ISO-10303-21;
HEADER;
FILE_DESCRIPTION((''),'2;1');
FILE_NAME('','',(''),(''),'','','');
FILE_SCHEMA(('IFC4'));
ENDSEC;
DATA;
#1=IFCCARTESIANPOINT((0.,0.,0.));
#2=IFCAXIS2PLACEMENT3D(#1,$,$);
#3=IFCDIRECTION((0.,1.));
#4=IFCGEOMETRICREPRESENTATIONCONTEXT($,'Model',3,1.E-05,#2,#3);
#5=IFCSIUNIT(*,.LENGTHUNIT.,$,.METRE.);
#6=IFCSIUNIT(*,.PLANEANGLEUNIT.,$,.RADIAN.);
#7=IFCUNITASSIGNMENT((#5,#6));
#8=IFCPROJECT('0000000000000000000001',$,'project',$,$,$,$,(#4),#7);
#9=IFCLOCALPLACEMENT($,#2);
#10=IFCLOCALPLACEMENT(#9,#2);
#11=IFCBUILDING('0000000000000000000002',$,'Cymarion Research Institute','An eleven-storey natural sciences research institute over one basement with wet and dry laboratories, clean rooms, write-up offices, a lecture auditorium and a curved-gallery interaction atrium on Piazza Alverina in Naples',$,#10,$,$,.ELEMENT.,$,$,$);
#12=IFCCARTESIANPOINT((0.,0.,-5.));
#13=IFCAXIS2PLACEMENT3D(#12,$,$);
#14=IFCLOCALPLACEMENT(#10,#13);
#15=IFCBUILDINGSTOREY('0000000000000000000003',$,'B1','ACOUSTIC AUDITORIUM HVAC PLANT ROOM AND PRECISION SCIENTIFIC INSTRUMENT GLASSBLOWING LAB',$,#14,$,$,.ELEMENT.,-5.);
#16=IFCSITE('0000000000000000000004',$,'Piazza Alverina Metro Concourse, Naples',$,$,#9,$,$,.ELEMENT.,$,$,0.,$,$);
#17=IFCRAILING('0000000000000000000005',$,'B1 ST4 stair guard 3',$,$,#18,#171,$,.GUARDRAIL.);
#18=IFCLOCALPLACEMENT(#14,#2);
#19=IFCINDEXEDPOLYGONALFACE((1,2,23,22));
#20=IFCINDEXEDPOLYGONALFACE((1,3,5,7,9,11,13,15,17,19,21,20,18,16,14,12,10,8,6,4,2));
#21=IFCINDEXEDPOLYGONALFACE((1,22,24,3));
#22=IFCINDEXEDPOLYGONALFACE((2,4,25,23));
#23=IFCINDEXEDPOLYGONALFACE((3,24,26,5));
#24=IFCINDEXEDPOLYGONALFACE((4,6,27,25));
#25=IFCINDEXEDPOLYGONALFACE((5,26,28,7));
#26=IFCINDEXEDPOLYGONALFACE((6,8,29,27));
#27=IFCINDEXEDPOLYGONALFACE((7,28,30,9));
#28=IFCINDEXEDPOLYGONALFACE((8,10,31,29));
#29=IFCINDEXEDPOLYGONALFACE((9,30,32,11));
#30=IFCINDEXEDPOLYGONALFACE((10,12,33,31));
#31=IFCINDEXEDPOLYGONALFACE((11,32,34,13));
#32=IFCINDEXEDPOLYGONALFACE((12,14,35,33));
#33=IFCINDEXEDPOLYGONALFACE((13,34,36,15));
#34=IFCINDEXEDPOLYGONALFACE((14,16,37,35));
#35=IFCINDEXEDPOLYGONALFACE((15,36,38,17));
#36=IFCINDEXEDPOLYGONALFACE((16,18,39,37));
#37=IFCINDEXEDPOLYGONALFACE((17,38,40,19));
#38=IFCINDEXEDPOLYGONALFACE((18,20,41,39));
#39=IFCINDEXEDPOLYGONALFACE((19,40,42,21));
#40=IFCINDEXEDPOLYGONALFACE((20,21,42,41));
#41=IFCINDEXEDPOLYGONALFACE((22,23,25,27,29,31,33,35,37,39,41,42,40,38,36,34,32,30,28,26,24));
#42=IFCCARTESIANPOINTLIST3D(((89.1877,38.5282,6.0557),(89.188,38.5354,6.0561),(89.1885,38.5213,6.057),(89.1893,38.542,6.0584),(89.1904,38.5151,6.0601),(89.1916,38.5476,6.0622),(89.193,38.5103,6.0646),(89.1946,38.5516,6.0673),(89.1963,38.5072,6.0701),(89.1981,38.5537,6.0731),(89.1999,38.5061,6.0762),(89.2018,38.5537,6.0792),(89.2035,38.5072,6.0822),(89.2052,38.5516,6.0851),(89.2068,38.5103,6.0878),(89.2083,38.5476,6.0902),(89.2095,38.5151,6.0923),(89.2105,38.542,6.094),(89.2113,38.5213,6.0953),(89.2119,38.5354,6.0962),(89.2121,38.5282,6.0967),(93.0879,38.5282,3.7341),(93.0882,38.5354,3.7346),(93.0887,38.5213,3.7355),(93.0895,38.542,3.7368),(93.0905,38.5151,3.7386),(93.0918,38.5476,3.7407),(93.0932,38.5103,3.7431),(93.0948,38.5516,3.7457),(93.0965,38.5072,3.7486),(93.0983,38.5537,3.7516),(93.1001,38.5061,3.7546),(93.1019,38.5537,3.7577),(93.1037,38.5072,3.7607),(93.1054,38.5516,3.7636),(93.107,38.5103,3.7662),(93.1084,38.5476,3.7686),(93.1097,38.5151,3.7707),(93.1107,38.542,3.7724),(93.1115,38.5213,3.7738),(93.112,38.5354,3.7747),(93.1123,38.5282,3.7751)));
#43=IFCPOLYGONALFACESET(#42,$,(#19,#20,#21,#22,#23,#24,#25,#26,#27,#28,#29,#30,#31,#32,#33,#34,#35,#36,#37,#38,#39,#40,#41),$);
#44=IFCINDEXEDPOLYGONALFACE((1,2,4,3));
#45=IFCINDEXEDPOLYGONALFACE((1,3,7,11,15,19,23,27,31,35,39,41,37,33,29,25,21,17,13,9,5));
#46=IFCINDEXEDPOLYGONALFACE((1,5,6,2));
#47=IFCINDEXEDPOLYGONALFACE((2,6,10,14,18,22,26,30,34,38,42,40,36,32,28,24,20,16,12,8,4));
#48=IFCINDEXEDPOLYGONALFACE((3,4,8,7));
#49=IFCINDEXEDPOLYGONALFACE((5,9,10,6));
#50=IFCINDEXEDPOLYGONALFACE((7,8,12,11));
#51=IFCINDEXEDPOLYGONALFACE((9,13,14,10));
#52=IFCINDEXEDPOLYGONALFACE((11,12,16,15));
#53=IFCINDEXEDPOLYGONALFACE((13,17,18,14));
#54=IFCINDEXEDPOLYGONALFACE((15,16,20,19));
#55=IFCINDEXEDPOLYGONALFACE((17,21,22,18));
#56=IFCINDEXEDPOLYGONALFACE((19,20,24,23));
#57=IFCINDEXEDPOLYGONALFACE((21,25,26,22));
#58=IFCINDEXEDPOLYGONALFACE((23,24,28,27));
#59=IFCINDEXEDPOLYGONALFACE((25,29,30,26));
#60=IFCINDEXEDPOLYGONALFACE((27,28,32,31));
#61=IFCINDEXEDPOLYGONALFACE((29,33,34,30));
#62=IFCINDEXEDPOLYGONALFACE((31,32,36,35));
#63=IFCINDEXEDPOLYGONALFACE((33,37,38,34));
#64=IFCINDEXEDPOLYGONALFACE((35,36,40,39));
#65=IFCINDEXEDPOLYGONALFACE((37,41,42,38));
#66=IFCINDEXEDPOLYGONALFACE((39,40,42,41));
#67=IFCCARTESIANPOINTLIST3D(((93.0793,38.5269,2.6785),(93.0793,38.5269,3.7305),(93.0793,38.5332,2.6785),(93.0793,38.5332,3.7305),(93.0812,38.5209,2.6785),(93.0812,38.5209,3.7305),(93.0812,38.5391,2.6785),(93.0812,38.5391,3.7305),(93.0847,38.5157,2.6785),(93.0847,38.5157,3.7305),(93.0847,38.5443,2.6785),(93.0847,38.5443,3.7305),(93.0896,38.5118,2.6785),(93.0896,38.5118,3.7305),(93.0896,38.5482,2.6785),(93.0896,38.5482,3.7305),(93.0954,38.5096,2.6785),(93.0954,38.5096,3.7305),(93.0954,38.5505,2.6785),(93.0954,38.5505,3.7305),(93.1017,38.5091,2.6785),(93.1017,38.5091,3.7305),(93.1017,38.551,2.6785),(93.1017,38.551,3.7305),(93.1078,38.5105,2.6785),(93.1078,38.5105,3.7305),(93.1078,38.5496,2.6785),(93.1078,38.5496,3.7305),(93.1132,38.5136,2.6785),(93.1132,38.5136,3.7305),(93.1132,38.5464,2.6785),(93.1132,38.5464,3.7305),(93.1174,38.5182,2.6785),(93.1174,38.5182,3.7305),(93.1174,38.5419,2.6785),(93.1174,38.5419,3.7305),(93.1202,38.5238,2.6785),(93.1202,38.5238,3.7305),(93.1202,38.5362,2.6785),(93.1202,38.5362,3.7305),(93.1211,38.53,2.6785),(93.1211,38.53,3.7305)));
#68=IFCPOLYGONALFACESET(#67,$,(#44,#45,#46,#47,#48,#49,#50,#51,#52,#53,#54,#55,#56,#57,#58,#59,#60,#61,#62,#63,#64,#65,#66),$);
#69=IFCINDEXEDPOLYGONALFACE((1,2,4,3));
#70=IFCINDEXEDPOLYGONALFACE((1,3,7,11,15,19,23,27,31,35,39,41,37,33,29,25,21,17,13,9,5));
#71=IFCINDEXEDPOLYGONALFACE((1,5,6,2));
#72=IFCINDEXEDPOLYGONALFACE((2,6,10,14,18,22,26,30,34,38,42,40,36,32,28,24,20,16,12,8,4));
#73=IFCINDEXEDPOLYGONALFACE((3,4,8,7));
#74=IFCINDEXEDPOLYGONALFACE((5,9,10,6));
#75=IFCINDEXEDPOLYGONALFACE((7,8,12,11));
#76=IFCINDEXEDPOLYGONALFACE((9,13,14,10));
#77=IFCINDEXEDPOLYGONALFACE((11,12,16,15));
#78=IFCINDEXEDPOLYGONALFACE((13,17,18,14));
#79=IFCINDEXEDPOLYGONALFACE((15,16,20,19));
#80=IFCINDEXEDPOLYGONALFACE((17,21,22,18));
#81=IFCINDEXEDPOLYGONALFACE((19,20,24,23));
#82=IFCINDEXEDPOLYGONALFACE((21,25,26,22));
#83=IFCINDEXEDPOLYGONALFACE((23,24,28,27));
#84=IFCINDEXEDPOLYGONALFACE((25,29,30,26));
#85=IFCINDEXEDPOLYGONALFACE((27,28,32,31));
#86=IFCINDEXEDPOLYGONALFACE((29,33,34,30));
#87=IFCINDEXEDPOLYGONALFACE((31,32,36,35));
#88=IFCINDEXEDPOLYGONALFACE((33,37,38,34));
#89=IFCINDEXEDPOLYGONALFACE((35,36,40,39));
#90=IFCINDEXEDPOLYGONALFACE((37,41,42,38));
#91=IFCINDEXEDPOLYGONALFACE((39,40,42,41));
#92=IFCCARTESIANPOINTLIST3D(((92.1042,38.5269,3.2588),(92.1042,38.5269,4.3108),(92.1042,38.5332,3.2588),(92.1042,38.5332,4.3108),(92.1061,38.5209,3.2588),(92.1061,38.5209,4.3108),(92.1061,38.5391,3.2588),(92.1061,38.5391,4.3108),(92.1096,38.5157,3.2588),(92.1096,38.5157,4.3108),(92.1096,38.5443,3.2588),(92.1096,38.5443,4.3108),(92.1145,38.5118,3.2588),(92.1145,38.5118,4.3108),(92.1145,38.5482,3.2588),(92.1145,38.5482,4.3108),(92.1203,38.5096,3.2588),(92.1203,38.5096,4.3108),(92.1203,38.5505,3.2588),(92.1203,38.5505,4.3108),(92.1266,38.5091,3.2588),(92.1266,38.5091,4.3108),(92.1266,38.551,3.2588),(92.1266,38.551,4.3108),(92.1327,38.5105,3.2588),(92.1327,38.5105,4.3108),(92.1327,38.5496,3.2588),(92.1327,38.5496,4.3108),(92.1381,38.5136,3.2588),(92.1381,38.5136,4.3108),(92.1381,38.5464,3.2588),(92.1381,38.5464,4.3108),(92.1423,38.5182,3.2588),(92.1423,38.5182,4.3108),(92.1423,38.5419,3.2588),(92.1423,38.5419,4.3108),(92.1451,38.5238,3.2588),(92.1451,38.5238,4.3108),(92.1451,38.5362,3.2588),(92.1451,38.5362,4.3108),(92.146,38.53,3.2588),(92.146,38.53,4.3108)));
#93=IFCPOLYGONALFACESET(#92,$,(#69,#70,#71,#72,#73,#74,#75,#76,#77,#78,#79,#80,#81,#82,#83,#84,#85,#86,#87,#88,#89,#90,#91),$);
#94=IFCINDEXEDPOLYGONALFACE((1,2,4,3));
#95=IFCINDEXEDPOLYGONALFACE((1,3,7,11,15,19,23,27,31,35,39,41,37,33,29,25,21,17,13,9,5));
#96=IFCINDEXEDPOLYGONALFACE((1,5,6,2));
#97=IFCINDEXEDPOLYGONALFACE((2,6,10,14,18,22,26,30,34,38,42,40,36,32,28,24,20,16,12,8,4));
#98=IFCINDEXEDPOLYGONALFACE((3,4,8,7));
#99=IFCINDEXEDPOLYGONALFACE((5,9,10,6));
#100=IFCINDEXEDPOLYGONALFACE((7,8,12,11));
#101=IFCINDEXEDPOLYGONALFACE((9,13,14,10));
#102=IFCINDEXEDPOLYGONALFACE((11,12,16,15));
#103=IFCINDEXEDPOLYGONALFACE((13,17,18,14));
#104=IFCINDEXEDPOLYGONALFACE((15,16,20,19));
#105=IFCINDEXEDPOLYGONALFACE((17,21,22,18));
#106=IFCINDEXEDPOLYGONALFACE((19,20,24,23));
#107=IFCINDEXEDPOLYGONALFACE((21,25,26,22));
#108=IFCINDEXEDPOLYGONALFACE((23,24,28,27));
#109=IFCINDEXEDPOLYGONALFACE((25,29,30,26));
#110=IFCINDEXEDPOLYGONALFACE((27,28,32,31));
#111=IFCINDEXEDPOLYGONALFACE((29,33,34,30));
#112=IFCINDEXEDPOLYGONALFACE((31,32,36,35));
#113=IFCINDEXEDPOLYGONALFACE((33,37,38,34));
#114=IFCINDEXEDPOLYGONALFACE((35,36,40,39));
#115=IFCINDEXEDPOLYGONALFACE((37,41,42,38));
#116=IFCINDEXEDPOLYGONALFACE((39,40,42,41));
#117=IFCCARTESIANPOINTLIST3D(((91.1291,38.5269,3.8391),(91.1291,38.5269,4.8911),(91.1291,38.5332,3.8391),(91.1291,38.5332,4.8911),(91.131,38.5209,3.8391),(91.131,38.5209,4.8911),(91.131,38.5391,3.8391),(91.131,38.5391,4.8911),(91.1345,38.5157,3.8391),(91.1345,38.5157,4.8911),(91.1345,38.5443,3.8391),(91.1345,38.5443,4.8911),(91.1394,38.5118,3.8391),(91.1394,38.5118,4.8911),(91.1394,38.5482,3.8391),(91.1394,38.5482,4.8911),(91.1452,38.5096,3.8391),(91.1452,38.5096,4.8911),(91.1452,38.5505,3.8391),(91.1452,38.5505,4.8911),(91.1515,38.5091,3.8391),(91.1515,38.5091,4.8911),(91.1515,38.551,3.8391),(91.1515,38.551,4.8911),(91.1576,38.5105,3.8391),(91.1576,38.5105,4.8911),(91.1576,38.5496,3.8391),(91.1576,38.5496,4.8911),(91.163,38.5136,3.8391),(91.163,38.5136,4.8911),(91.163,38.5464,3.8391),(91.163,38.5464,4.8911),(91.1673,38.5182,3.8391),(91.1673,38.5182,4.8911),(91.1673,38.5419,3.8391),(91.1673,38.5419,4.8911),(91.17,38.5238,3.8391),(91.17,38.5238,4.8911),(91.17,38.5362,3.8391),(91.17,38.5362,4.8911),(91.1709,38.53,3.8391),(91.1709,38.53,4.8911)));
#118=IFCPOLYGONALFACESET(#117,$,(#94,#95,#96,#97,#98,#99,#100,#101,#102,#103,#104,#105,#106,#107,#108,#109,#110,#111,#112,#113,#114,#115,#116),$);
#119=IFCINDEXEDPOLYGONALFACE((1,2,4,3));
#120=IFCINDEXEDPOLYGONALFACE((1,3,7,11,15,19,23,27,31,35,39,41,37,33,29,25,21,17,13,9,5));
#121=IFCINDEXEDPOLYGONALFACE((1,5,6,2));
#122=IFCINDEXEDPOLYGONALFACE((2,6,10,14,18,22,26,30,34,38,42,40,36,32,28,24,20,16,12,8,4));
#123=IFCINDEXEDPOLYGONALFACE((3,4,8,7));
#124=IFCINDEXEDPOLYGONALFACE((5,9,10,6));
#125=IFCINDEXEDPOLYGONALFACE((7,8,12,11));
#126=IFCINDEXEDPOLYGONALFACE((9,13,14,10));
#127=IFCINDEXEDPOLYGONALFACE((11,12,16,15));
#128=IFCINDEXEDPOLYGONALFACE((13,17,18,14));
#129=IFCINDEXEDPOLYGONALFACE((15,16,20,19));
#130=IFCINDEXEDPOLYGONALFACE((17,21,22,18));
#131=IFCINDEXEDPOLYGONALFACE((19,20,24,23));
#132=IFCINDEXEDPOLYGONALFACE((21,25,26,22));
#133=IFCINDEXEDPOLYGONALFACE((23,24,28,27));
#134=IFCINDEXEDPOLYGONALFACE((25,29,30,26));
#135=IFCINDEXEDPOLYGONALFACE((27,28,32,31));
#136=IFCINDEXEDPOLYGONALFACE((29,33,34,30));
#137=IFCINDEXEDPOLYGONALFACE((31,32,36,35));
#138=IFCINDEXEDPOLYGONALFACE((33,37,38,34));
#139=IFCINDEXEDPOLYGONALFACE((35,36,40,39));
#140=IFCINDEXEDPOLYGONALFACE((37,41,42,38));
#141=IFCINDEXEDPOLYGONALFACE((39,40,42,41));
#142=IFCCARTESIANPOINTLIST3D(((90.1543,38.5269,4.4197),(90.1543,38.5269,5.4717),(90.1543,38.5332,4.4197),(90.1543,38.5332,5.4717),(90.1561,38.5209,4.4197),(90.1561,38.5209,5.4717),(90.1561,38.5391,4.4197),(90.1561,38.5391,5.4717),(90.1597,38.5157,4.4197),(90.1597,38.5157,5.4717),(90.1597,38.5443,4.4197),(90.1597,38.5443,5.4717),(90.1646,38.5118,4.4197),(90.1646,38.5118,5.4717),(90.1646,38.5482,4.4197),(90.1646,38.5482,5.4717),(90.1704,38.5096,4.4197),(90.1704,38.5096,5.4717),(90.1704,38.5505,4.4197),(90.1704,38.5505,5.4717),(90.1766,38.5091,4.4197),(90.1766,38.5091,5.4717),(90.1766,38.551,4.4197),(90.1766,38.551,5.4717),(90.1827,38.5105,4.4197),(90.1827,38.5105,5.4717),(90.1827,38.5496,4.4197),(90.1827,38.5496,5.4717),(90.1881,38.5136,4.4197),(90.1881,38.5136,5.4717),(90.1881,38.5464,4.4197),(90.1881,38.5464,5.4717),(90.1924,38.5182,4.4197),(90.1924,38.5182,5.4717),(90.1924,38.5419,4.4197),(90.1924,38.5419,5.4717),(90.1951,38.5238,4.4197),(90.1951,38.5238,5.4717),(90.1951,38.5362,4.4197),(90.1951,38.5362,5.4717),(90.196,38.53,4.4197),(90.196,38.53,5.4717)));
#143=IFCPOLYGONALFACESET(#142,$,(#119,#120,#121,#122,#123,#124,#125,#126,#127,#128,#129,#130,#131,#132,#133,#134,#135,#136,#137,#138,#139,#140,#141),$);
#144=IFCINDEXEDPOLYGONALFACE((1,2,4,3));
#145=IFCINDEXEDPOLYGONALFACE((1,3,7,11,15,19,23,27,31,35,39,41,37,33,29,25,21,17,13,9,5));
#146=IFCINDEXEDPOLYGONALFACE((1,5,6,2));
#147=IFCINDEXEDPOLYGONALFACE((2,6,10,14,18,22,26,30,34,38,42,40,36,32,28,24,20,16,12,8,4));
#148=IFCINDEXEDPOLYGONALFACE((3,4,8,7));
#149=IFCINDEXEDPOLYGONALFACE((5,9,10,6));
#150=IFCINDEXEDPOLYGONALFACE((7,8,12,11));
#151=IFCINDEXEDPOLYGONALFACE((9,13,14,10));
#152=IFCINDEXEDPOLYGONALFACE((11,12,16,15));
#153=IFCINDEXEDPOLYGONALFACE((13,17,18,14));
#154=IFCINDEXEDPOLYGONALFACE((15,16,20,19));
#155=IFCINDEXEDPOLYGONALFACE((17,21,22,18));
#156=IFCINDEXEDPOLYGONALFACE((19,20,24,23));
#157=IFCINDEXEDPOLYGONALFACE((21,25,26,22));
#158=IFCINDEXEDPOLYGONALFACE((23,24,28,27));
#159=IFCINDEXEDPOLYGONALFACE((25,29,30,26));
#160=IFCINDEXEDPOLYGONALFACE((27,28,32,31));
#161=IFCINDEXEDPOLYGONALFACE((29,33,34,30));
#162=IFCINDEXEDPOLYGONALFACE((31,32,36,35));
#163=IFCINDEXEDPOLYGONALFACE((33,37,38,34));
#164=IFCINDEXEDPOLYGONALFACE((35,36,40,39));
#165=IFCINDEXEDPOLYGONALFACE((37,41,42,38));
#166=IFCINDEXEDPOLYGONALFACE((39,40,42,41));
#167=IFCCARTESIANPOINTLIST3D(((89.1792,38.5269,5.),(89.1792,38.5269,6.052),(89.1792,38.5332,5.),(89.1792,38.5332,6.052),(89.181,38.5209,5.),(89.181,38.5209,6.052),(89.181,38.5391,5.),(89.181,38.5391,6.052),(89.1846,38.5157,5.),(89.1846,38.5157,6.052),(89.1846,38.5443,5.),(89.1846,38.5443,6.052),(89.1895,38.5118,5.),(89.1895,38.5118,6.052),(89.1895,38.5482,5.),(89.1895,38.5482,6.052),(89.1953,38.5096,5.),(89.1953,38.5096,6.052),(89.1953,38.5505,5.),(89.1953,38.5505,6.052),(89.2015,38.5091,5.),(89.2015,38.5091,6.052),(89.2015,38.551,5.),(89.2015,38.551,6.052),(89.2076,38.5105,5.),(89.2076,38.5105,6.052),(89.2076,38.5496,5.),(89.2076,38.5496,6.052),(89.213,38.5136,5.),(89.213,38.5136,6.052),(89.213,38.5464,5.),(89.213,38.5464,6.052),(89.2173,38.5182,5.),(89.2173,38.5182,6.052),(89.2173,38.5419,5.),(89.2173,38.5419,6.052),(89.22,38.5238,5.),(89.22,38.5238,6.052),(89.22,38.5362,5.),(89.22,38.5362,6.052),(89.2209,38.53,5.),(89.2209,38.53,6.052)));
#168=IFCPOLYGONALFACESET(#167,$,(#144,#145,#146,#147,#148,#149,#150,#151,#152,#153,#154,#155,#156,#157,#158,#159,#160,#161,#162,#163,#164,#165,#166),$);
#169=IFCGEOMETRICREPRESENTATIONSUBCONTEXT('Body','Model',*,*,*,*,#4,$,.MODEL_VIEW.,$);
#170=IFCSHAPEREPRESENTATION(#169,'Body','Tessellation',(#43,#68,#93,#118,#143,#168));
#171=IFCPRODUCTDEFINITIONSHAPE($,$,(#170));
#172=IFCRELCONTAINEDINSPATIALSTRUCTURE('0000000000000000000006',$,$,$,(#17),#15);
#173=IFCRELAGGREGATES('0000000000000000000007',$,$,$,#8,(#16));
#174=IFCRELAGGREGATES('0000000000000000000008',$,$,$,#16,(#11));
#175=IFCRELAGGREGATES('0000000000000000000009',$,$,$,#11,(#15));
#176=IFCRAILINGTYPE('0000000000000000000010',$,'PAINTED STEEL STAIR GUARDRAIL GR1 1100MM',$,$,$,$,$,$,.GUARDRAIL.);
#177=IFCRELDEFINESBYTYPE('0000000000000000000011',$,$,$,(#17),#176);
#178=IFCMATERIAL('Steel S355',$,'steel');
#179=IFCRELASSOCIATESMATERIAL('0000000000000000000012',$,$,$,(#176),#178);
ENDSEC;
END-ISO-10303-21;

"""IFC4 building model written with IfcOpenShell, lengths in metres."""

from ifc_helpers import new_model, si_unit, direction, frame, origin, origin_2d, place, context, subcontext, project, spatial, circle, extrude, material, type_object, element, save


model = new_model("IFC4")

# Units and contexts
model_context = context("Model", 3, precision=1e-05, world=origin(), true_north=direction((0.0, 1.0)))
body_context = subcontext(model_context, "Body", "Model", "MODEL_VIEW")
ifc_project = project(units=[si_unit("LENGTHUNIT", "METRE"), si_unit("PLANEANGLEUNIT", "RADIAN")], contexts=[model_context])

# Site, building, storey
site_placement = place(None, origin())
site = spatial("IfcSite", under=ifc_project, at=site_placement, Name="Piazza Alverina Metro Concourse, Naples", CompositionType="ELEMENT", RefElevation=0.0)
building_placement = place(site_placement, origin())
building = spatial("IfcBuilding", under=site, at=building_placement, Name="Cymarion Research Institute", Description="An eleven-storey natural sciences research institute over one basement with wet and dry laboratories, clean rooms, write-up offices, a lecture auditorium and a curved-gallery interaction atrium on Piazza Alverina in Naples", CompositionType="ELEMENT")
storey_placement = place(building_placement, frame((0.0, 0.0, -5.0)))
storey = spatial("IfcBuildingStorey", under=building, at=storey_placement, Name="B1", Description="ACOUSTIC AUDITORIUM HVAC PLANT ROOM AND PRECISION SCIENTIFIC INSTRUMENT GLASSBLOWING LAB", CompositionType="ELEMENT", Elevation=-5.0)

# Shared definitions
ifc_material_1 = material(Name="Steel S355", Category="steel")

# Railing
railing_type_1 = type_object("IfcRailingType", Name="PAINTED STEEL STAIR GUARDRAIL GR1 1100MM", PredefinedType="GUARDRAIL", material=ifc_material_1)
railing_1_placement = place(storey_placement, frame((93.1001, 38.53, 2.6785)))
element("IfcRailing", 1, at=railing_1_placement, inside=storey, type_object=railing_type_1, Name="B1 ST4 stair guard 3", PredefinedType="GUARDRAIL", context=body_context, shape_type="SweptSolid", body=[
    extrude(circle(Radius=0.0239, at=origin_2d()), frame((0.0, 0.0, 1.0762), z_axis=(-0.859291, 0.0, 0.511487), x_axis=(0.0, -1.0, 0.0)), (0.0, 0.0, 1.0), 4.5388),
    extrude(circle(Radius=0.021, at=origin_2d()), origin(), (0.0, 0.0, 1.0), 1.052),
    extrude(circle(Radius=0.021, at=origin_2d()), frame((-0.9751, 0.0, 0.5803)), (0.0, 0.0, 1.0), 1.052),
    extrude(circle(Radius=0.021, at=origin_2d()), frame((-1.9502, 0.0, 1.1606)), (0.0, 0.0, 1.0), 1.052),
    extrude(circle(Radius=0.021, at=origin_2d()), frame((-2.925, 0.0, 1.7412)), (0.0, 0.0, 1.0), 1.052),
    extrude(circle(Radius=0.021, at=origin_2d()), frame((-3.9001, 0.0, 2.3215)), (0.0, 0.0, 1.0), 1.052),
])

save(model, "model.ifc")
